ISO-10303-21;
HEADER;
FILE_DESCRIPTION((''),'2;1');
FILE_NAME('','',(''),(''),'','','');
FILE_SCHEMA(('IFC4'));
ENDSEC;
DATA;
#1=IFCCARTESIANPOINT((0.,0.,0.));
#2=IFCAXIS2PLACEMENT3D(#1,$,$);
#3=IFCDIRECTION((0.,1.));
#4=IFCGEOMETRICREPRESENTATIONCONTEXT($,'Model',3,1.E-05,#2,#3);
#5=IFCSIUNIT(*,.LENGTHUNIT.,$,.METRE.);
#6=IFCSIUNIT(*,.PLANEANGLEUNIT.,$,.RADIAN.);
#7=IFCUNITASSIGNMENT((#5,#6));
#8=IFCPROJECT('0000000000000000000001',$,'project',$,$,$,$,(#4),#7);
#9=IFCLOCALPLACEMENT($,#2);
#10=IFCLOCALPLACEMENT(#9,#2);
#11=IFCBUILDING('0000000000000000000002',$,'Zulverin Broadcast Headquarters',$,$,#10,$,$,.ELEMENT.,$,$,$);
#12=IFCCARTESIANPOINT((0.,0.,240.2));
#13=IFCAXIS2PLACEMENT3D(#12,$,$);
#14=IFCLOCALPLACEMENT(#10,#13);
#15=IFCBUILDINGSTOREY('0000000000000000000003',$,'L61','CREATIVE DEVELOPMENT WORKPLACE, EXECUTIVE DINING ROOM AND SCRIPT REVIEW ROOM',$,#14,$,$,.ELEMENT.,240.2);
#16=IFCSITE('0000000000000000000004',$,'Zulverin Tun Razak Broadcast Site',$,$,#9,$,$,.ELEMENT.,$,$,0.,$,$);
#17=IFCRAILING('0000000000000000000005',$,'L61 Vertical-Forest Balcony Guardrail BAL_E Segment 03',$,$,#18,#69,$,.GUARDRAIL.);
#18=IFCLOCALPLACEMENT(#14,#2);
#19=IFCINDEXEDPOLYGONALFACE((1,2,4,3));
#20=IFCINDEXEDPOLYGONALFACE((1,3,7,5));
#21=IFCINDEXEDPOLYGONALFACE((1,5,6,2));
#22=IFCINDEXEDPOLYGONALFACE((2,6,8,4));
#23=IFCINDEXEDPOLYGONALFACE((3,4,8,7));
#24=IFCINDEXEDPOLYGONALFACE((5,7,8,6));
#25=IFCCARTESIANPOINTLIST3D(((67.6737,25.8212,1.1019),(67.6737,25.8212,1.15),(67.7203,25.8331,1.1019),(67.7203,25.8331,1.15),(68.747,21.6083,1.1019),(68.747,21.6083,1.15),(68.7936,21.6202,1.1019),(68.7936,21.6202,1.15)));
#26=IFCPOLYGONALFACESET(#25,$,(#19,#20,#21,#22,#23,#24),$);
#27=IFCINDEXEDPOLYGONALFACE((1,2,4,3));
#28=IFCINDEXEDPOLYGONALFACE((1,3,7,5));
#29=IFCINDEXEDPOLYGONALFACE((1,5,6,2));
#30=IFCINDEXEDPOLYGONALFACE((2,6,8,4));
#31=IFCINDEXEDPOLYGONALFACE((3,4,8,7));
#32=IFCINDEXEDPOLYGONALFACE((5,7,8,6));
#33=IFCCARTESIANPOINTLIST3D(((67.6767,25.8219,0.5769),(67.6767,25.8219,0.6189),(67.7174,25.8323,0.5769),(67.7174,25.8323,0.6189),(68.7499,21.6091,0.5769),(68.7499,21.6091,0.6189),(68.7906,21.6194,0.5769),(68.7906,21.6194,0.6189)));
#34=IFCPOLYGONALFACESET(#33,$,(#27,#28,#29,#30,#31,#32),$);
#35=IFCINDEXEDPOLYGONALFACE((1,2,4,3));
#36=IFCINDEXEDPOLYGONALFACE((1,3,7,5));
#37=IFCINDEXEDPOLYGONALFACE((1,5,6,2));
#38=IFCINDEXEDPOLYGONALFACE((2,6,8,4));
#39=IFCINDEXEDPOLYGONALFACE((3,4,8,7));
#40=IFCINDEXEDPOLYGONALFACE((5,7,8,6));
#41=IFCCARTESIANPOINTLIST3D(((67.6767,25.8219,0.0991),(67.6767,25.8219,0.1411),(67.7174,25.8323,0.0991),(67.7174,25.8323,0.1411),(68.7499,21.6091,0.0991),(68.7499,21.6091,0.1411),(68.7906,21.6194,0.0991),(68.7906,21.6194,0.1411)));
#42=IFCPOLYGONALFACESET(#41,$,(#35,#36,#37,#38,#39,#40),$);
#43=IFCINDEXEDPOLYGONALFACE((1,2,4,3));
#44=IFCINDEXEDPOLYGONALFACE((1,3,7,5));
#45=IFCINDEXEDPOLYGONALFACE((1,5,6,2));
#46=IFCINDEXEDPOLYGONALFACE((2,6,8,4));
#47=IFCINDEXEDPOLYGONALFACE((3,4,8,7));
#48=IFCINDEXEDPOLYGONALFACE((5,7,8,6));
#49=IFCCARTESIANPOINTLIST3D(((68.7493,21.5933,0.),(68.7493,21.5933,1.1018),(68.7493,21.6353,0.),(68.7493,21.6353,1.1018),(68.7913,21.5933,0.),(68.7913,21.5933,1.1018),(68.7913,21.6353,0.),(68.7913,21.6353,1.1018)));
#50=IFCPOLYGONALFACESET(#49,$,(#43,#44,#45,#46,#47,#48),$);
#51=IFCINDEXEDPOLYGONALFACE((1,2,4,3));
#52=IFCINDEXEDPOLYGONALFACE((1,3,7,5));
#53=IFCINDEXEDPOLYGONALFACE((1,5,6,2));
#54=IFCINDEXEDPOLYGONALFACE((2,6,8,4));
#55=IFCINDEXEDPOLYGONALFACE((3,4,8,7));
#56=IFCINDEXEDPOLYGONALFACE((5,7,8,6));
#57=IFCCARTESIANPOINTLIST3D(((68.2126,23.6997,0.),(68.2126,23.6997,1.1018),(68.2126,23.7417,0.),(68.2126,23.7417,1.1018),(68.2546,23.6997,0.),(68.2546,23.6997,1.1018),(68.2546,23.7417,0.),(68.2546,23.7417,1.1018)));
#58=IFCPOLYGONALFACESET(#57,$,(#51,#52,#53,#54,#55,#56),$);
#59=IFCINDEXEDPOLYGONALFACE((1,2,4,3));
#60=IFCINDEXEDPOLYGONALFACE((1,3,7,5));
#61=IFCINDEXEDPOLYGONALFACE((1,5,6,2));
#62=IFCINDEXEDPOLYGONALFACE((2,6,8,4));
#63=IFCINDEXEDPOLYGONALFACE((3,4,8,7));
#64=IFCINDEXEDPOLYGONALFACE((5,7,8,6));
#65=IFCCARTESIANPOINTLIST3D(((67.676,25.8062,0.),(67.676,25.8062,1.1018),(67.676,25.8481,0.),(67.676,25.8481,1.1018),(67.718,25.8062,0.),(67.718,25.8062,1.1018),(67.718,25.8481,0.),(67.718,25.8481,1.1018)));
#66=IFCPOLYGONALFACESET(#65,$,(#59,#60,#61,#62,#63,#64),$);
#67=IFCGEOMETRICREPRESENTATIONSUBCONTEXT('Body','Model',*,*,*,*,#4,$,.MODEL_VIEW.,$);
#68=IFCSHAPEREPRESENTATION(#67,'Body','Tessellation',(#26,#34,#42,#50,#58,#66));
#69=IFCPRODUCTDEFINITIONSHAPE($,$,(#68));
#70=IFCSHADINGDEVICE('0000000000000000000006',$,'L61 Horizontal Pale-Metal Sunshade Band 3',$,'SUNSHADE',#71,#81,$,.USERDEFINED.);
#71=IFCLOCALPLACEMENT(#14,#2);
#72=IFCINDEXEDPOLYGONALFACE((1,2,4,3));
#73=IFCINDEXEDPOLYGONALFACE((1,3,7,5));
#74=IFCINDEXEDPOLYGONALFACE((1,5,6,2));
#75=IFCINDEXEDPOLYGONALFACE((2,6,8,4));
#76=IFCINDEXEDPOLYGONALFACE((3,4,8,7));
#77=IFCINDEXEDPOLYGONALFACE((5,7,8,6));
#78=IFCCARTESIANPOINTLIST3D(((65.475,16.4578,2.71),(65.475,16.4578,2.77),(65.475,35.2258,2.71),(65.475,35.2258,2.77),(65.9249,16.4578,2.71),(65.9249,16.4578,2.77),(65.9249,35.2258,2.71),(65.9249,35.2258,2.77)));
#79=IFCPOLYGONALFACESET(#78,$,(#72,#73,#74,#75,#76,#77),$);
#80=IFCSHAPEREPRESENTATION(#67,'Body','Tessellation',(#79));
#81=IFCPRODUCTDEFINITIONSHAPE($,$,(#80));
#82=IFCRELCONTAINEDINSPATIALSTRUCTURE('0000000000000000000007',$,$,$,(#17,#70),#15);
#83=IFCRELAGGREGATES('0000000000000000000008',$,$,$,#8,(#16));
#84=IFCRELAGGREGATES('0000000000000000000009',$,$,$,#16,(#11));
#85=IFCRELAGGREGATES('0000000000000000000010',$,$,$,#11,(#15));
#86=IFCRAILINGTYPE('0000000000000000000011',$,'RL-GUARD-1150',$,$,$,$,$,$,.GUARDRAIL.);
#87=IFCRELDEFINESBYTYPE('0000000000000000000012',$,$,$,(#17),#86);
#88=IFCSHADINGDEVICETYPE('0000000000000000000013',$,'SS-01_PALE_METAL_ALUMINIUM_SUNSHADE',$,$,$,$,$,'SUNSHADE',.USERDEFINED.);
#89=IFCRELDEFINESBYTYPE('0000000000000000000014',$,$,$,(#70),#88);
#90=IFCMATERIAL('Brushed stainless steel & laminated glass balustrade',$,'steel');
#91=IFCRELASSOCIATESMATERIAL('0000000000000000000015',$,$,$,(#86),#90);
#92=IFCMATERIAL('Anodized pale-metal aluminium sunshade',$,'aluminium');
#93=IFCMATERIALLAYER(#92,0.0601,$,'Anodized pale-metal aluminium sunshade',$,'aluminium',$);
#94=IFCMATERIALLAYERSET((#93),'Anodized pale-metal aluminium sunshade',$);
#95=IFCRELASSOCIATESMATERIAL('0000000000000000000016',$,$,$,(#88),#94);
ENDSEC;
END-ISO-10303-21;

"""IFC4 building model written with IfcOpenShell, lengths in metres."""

from ifc_helpers import new_model, si_unit, direction, frame, origin, origin_2d, place, context, subcontext, project, spatial, rectangle, extrude, material, layer, layer_set, type_object, element, save


model = new_model("IFC4")

# Units and contexts
model_context = context("Model", 3, precision=1e-05, world=origin(), true_north=direction((0.0, 1.0)))
body_context = subcontext(model_context, "Body", "Model", "MODEL_VIEW")
ifc_project = project(units=[si_unit("LENGTHUNIT", "METRE"), si_unit("PLANEANGLEUNIT", "RADIAN")], contexts=[model_context])

# Site, building, storey
site_placement = place(None, origin())
site = spatial("IfcSite", under=ifc_project, at=site_placement, Name="Zulverin Tun Razak Broadcast Site", CompositionType="ELEMENT", RefElevation=0.0)
building_placement = place(site_placement, origin())
building = spatial("IfcBuilding", under=site, at=building_placement, Name="Zulverin Broadcast Headquarters", CompositionType="ELEMENT")
storey_placement = place(building_placement, frame((0.0, 0.0, 240.2)))
storey = spatial("IfcBuildingStorey", under=building, at=storey_placement, Name="L61", Description="CREATIVE DEVELOPMENT WORKPLACE, EXECUTIVE DINING ROOM AND SCRIPT REVIEW ROOM", CompositionType="ELEMENT", Elevation=240.2)

# Railing
ifc_material_1 = material(Name="Brushed stainless steel & laminated glass balustrade", Category="steel")
railing_type = type_object("IfcRailingType", Name="RL-GUARD-1150", PredefinedType="GUARDRAIL", material=ifc_material_1)
railing_1_placement = place(storey_placement, frame((68.7703, 21.6143, 0.0)))
element("IfcRailing", 1, at=railing_1_placement, inside=storey, type_object=railing_type, Name="L61 Vertical-Forest Balcony Guardrail BAL_E Segment 03", PredefinedType="GUARDRAIL", context=body_context, shape_type="SweptSolid", body=[
    extrude(rectangle(XDim=0.0481, YDim=0.0481, at=origin_2d()), frame((0.0, 0.0, 1.126), z_axis=(-0.246867, 0.969049, 0.0), x_axis=(-0.969049, -0.246867, 0.0)), (0.0, 0.0, 1.0), 4.3474),
    extrude(rectangle(XDim=0.042, YDim=0.042, at=origin_2d()), frame((0.0, 0.0, 0.5979), z_axis=(-0.246867, 0.969049, 0.0), x_axis=(-0.969049, -0.246867, 0.0)), (0.0, 0.0, 1.0), 4.3474),
    extrude(rectangle(XDim=0.042, YDim=0.042, at=origin_2d()), frame((0.0, 0.0, 0.1201), z_axis=(-0.246867, 0.969049, 0.0), x_axis=(-0.969049, -0.246867, 0.0)), (0.0, 0.0, 1.0), 4.3474),
    extrude(rectangle(XDim=0.042, YDim=0.042, at=origin_2d()), origin(), (0.0, 0.0, 1.0), 1.1018),
    extrude(rectangle(XDim=0.042, YDim=0.042, at=origin_2d()), frame((-0.5366, 2.1064, 0.0)), (0.0, 0.0, 1.0), 1.1018),
    extrude(rectangle(XDim=0.042, YDim=0.042, at=origin_2d()), frame((-1.0732, 4.2129, 0.0)), (0.0, 0.0, 1.0), 1.1018),
])

# Shading device
ifc_material_2 = material(Name="Anodized pale-metal aluminium sunshade", Category="aluminium")
ifc_layer_1 = layer(ifc_material_2, 0.0601, Name="Anodized pale-metal aluminium sunshade", Category="aluminium")
ifc_layer_set_1 = layer_set([ifc_layer_1], Name="Anodized pale-metal aluminium sunshade")
shading_device_type = type_object("IfcShadingDeviceType", Name="SS-01_PALE_METAL_ALUMINIUM_SUNSHADE", ElementType="SUNSHADE", PredefinedType="USERDEFINED", material=ifc_layer_set_1)
shading_device_placement = place(storey_placement, frame((65.7, 25.8418, 2.71), z_axis=(0.0, 0.0, 1.0), x_axis=(0.0, 1.0, 0.0)))
element("IfcShadingDevice", 2, at=shading_device_placement, inside=storey, type_object=shading_device_type, Name="L61 Horizontal Pale-Metal Sunshade Band 3", ObjectType="SUNSHADE", PredefinedType="USERDEFINED", context=body_context, shape_type="SweptSolid", body=[
    extrude(rectangle(XDim=18.7681, YDim=0.45, at=origin_2d()), origin(), (0.0, 0.0, 1.0), 0.0601),
])

save(model, "model.ifc")
